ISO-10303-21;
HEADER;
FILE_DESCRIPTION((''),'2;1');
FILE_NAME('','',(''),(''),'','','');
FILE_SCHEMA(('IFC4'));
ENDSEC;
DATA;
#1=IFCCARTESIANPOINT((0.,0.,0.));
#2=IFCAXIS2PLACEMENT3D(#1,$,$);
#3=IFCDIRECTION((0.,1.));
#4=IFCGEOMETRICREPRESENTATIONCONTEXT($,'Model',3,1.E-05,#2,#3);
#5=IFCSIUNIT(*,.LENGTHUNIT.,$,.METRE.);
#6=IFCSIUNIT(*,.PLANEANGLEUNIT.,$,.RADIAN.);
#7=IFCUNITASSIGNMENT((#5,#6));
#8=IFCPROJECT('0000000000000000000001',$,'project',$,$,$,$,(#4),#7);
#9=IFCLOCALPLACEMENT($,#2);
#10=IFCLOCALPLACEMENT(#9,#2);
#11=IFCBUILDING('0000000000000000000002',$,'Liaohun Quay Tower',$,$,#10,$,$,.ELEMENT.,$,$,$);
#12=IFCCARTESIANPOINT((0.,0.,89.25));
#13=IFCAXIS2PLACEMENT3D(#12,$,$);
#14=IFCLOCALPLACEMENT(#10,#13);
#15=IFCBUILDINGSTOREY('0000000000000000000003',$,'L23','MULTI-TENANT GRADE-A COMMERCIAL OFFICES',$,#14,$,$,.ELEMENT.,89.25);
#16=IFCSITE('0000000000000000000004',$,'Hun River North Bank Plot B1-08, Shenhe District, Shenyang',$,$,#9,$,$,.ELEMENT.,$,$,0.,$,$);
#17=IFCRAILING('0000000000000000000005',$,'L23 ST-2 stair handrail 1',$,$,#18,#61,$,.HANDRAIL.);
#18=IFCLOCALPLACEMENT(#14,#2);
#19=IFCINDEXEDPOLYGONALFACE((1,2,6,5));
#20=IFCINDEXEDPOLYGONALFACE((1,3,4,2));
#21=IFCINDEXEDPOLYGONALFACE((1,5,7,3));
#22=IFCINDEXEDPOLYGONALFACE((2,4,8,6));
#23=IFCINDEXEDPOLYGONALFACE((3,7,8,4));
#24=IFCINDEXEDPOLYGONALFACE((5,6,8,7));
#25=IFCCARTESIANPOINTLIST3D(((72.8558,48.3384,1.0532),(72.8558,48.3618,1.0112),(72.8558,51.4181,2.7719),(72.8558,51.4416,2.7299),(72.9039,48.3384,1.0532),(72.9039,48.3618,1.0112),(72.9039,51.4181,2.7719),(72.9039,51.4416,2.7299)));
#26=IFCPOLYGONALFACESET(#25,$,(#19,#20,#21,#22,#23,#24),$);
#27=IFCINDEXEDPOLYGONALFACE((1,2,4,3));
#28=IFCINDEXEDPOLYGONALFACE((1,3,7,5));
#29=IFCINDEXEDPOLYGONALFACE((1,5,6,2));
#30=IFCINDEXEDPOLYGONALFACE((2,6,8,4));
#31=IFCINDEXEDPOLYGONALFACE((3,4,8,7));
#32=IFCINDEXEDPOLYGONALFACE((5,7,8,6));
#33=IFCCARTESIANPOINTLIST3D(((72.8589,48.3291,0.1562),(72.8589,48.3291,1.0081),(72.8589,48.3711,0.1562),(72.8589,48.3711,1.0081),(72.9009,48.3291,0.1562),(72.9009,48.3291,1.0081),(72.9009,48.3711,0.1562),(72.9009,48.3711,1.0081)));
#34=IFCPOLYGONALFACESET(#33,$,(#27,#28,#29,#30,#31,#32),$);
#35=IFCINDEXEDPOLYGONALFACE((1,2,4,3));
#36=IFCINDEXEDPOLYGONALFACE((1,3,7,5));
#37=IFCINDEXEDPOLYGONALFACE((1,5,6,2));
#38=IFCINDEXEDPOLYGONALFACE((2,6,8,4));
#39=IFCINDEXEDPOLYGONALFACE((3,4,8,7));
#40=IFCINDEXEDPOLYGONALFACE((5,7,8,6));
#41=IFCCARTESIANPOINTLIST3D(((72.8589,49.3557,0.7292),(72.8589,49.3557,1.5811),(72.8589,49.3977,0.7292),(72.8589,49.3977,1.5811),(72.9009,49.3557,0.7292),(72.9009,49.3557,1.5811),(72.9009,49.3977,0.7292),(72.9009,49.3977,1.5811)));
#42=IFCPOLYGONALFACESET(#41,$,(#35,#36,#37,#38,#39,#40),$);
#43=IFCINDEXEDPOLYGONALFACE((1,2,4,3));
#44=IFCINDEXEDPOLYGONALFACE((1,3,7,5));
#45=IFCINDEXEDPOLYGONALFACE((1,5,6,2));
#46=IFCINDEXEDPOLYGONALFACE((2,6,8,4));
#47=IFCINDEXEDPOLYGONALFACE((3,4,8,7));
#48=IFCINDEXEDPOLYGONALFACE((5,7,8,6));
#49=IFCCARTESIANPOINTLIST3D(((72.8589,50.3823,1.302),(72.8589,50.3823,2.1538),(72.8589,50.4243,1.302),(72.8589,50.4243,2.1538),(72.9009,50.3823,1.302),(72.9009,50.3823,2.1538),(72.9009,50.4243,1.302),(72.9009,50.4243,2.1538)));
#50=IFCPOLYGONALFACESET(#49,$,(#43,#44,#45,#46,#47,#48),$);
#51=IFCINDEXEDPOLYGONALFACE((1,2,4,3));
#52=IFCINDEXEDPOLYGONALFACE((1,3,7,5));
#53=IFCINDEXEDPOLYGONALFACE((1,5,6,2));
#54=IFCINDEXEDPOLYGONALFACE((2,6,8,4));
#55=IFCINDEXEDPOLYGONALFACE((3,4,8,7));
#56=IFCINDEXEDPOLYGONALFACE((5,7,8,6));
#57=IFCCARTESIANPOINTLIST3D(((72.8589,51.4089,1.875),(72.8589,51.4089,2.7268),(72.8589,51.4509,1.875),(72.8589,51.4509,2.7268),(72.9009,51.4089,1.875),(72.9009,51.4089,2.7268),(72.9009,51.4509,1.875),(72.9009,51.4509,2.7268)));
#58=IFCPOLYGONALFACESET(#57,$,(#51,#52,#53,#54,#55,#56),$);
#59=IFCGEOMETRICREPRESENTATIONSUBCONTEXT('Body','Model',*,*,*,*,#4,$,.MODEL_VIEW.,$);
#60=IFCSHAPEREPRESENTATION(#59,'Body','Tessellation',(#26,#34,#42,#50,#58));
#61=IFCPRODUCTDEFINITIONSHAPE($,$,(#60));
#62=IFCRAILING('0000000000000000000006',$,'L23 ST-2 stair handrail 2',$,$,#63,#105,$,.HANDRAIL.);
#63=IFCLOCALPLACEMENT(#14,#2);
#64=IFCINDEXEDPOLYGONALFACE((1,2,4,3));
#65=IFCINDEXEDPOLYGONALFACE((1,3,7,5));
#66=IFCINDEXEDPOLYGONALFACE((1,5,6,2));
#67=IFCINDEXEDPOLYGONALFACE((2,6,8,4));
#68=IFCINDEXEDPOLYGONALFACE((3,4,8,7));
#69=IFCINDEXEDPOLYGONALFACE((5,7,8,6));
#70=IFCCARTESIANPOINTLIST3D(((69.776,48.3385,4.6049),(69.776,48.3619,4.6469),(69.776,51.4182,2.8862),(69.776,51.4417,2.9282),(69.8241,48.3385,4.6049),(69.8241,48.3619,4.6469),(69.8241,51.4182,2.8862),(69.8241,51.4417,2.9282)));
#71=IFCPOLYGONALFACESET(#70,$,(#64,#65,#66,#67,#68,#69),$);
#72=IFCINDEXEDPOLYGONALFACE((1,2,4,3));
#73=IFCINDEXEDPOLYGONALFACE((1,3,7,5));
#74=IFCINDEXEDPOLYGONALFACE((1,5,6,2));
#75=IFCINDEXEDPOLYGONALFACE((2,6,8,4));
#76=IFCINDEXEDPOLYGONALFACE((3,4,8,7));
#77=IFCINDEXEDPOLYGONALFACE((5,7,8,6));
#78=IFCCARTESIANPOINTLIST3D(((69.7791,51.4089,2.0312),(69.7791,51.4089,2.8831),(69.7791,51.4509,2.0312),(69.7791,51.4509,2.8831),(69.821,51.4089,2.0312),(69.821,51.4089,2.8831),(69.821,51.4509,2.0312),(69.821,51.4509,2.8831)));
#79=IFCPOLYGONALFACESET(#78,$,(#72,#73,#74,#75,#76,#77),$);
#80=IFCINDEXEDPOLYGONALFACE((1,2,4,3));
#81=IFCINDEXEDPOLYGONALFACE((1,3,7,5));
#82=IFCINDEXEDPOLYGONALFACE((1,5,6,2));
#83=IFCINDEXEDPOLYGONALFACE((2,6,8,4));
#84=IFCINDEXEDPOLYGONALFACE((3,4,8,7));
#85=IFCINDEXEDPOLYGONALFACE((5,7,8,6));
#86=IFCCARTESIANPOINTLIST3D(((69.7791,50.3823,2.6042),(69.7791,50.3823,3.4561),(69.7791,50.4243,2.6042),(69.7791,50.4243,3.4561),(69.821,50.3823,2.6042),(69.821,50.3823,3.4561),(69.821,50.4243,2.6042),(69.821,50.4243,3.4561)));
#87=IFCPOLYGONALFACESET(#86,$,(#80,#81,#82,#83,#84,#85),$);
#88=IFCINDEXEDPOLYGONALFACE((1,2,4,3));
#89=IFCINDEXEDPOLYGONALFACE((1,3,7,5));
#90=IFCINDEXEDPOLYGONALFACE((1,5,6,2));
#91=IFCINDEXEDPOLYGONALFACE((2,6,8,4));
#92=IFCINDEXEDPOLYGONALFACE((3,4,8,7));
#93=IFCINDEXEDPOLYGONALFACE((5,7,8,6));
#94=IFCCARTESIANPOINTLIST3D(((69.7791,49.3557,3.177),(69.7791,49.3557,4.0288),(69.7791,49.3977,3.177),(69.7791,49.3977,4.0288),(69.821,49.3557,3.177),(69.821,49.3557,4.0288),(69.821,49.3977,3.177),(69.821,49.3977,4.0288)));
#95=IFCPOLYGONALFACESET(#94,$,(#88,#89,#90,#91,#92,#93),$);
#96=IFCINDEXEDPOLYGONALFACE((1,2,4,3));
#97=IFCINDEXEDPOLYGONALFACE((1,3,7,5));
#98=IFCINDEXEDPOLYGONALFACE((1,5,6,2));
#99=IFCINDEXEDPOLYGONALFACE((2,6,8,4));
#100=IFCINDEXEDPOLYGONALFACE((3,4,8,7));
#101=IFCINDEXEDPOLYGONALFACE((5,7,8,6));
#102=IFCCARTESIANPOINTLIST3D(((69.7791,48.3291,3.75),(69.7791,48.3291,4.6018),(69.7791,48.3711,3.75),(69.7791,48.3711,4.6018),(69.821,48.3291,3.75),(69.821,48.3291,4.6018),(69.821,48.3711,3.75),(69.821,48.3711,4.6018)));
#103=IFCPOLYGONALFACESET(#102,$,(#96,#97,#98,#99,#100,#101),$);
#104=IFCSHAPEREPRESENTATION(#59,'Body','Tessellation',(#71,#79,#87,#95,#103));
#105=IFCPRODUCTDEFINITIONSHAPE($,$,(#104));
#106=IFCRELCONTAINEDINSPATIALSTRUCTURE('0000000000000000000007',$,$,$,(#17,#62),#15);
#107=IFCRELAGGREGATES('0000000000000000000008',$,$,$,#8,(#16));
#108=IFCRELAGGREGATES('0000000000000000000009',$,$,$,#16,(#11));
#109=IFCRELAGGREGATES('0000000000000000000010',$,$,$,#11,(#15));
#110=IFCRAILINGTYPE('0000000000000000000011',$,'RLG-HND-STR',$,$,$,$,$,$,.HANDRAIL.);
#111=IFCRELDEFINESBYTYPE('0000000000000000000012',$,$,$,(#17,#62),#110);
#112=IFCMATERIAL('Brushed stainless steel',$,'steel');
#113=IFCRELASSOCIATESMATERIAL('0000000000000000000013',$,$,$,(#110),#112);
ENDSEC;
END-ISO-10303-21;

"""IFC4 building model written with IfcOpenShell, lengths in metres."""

from ifc_helpers import new_model, si_unit, direction, frame, origin, origin_2d, place, context, subcontext, project, spatial, rectangle, extrude, material, type_object, element, save


model = new_model("IFC4")

# Units and contexts
model_context = context("Model", 3, precision=1e-05, world=origin(), true_north=direction((0.0, 1.0)))
body_context = subcontext(model_context, "Body", "Model", "MODEL_VIEW")
ifc_project = project(units=[si_unit("LENGTHUNIT", "METRE"), si_unit("PLANEANGLEUNIT", "RADIAN")], contexts=[model_context])

# Site, building, storey
site_placement = place(None, origin())
site = spatial("IfcSite", under=ifc_project, at=site_placement, Name="Hun River North Bank Plot B1-08, Shenhe District, Shenyang", CompositionType="ELEMENT", RefElevation=0.0)
building_placement = place(site_placement, origin())
building = spatial("IfcBuilding", under=site, at=building_placement, Name="Liaohun Quay Tower", CompositionType="ELEMENT")
storey_placement = place(building_placement, frame((0.0, 0.0, 89.25)))
storey = spatial("IfcBuildingStorey", under=building, at=storey_placement, Name="L23", Description="MULTI-TENANT GRADE-A COMMERCIAL OFFICES", CompositionType="ELEMENT", Elevation=89.25)

# Railings
ifc_material_1 = material(Name="Brushed stainless steel", Category="steel")
railing_type_1 = type_object("IfcRailingType", Name="RLG-HND-STR", PredefinedType="HANDRAIL", material=ifc_material_1)
railing_1_placement = place(storey_placement, frame((72.8799, 48.3501, 0.1562)))
element("IfcRailing", 1, at=railing_1_placement, inside=storey, type_object=railing_type_1, Name="L23 ST-2 stair handrail 1", PredefinedType="HANDRAIL", context=body_context, shape_type="SweptSolid", body=[
    extrude(rectangle(XDim=0.0481, YDim=0.0481, at=origin_2d()), frame((0.0, 0.0, 0.876), z_axis=(0.0, 0.873225, 0.487317), x_axis=(-1.0, 0.0, 0.0)), (0.0, 0.0, 1.0), 3.5269),
    extrude(rectangle(XDim=0.042, YDim=0.042, at=origin_2d()), origin(), (0.0, 0.0, 1.0), 0.8518),
    extrude(rectangle(XDim=0.042, YDim=0.042, at=origin_2d()), frame((0.0, 1.0266, 0.573)), (0.0, 0.0, 1.0), 0.8518),
    extrude(rectangle(XDim=0.042, YDim=0.042, at=origin_2d()), frame((0.0, 2.0532, 1.1458)), (0.0, 0.0, 1.0), 0.8518),
    extrude(rectangle(XDim=0.042, YDim=0.042, at=origin_2d()), frame((0.0, 3.0798, 1.7188)), (0.0, 0.0, 1.0), 0.8518),
])
railing_2_placement = place(storey_placement, frame((69.8, 51.4299, 2.0312)))
element("IfcRailing", 2, at=railing_2_placement, inside=storey, type_object=railing_type_1, Name="L23 ST-2 stair handrail 2", PredefinedType="HANDRAIL", context=body_context, shape_type="SweptSolid", body=[
    extrude(rectangle(XDim=0.0481, YDim=0.0481, at=origin_2d()), frame((0.0, 0.0, 0.876), z_axis=(0.0, -0.873225, 0.487317), x_axis=(1.0, 0.0, 0.0)), (0.0, 0.0, 1.0), 3.5269),
    extrude(rectangle(XDim=0.042, YDim=0.042, at=origin_2d()), origin(), (0.0, 0.0, 1.0), 0.8518),
    extrude(rectangle(XDim=0.042, YDim=0.042, at=origin_2d()), frame((0.0, -1.0266, 0.573)), (0.0, 0.0, 1.0), 0.8518),
    extrude(rectangle(XDim=0.042, YDim=0.042, at=origin_2d()), frame((0.0, -2.0532, 1.1458)), (0.0, 0.0, 1.0), 0.8518),
    extrude(rectangle(XDim=0.042, YDim=0.042, at=origin_2d()), frame((0.0, -3.0798, 1.7188)), (0.0, 0.0, 1.0), 0.8518),
])

save(model, "model.ifc")
